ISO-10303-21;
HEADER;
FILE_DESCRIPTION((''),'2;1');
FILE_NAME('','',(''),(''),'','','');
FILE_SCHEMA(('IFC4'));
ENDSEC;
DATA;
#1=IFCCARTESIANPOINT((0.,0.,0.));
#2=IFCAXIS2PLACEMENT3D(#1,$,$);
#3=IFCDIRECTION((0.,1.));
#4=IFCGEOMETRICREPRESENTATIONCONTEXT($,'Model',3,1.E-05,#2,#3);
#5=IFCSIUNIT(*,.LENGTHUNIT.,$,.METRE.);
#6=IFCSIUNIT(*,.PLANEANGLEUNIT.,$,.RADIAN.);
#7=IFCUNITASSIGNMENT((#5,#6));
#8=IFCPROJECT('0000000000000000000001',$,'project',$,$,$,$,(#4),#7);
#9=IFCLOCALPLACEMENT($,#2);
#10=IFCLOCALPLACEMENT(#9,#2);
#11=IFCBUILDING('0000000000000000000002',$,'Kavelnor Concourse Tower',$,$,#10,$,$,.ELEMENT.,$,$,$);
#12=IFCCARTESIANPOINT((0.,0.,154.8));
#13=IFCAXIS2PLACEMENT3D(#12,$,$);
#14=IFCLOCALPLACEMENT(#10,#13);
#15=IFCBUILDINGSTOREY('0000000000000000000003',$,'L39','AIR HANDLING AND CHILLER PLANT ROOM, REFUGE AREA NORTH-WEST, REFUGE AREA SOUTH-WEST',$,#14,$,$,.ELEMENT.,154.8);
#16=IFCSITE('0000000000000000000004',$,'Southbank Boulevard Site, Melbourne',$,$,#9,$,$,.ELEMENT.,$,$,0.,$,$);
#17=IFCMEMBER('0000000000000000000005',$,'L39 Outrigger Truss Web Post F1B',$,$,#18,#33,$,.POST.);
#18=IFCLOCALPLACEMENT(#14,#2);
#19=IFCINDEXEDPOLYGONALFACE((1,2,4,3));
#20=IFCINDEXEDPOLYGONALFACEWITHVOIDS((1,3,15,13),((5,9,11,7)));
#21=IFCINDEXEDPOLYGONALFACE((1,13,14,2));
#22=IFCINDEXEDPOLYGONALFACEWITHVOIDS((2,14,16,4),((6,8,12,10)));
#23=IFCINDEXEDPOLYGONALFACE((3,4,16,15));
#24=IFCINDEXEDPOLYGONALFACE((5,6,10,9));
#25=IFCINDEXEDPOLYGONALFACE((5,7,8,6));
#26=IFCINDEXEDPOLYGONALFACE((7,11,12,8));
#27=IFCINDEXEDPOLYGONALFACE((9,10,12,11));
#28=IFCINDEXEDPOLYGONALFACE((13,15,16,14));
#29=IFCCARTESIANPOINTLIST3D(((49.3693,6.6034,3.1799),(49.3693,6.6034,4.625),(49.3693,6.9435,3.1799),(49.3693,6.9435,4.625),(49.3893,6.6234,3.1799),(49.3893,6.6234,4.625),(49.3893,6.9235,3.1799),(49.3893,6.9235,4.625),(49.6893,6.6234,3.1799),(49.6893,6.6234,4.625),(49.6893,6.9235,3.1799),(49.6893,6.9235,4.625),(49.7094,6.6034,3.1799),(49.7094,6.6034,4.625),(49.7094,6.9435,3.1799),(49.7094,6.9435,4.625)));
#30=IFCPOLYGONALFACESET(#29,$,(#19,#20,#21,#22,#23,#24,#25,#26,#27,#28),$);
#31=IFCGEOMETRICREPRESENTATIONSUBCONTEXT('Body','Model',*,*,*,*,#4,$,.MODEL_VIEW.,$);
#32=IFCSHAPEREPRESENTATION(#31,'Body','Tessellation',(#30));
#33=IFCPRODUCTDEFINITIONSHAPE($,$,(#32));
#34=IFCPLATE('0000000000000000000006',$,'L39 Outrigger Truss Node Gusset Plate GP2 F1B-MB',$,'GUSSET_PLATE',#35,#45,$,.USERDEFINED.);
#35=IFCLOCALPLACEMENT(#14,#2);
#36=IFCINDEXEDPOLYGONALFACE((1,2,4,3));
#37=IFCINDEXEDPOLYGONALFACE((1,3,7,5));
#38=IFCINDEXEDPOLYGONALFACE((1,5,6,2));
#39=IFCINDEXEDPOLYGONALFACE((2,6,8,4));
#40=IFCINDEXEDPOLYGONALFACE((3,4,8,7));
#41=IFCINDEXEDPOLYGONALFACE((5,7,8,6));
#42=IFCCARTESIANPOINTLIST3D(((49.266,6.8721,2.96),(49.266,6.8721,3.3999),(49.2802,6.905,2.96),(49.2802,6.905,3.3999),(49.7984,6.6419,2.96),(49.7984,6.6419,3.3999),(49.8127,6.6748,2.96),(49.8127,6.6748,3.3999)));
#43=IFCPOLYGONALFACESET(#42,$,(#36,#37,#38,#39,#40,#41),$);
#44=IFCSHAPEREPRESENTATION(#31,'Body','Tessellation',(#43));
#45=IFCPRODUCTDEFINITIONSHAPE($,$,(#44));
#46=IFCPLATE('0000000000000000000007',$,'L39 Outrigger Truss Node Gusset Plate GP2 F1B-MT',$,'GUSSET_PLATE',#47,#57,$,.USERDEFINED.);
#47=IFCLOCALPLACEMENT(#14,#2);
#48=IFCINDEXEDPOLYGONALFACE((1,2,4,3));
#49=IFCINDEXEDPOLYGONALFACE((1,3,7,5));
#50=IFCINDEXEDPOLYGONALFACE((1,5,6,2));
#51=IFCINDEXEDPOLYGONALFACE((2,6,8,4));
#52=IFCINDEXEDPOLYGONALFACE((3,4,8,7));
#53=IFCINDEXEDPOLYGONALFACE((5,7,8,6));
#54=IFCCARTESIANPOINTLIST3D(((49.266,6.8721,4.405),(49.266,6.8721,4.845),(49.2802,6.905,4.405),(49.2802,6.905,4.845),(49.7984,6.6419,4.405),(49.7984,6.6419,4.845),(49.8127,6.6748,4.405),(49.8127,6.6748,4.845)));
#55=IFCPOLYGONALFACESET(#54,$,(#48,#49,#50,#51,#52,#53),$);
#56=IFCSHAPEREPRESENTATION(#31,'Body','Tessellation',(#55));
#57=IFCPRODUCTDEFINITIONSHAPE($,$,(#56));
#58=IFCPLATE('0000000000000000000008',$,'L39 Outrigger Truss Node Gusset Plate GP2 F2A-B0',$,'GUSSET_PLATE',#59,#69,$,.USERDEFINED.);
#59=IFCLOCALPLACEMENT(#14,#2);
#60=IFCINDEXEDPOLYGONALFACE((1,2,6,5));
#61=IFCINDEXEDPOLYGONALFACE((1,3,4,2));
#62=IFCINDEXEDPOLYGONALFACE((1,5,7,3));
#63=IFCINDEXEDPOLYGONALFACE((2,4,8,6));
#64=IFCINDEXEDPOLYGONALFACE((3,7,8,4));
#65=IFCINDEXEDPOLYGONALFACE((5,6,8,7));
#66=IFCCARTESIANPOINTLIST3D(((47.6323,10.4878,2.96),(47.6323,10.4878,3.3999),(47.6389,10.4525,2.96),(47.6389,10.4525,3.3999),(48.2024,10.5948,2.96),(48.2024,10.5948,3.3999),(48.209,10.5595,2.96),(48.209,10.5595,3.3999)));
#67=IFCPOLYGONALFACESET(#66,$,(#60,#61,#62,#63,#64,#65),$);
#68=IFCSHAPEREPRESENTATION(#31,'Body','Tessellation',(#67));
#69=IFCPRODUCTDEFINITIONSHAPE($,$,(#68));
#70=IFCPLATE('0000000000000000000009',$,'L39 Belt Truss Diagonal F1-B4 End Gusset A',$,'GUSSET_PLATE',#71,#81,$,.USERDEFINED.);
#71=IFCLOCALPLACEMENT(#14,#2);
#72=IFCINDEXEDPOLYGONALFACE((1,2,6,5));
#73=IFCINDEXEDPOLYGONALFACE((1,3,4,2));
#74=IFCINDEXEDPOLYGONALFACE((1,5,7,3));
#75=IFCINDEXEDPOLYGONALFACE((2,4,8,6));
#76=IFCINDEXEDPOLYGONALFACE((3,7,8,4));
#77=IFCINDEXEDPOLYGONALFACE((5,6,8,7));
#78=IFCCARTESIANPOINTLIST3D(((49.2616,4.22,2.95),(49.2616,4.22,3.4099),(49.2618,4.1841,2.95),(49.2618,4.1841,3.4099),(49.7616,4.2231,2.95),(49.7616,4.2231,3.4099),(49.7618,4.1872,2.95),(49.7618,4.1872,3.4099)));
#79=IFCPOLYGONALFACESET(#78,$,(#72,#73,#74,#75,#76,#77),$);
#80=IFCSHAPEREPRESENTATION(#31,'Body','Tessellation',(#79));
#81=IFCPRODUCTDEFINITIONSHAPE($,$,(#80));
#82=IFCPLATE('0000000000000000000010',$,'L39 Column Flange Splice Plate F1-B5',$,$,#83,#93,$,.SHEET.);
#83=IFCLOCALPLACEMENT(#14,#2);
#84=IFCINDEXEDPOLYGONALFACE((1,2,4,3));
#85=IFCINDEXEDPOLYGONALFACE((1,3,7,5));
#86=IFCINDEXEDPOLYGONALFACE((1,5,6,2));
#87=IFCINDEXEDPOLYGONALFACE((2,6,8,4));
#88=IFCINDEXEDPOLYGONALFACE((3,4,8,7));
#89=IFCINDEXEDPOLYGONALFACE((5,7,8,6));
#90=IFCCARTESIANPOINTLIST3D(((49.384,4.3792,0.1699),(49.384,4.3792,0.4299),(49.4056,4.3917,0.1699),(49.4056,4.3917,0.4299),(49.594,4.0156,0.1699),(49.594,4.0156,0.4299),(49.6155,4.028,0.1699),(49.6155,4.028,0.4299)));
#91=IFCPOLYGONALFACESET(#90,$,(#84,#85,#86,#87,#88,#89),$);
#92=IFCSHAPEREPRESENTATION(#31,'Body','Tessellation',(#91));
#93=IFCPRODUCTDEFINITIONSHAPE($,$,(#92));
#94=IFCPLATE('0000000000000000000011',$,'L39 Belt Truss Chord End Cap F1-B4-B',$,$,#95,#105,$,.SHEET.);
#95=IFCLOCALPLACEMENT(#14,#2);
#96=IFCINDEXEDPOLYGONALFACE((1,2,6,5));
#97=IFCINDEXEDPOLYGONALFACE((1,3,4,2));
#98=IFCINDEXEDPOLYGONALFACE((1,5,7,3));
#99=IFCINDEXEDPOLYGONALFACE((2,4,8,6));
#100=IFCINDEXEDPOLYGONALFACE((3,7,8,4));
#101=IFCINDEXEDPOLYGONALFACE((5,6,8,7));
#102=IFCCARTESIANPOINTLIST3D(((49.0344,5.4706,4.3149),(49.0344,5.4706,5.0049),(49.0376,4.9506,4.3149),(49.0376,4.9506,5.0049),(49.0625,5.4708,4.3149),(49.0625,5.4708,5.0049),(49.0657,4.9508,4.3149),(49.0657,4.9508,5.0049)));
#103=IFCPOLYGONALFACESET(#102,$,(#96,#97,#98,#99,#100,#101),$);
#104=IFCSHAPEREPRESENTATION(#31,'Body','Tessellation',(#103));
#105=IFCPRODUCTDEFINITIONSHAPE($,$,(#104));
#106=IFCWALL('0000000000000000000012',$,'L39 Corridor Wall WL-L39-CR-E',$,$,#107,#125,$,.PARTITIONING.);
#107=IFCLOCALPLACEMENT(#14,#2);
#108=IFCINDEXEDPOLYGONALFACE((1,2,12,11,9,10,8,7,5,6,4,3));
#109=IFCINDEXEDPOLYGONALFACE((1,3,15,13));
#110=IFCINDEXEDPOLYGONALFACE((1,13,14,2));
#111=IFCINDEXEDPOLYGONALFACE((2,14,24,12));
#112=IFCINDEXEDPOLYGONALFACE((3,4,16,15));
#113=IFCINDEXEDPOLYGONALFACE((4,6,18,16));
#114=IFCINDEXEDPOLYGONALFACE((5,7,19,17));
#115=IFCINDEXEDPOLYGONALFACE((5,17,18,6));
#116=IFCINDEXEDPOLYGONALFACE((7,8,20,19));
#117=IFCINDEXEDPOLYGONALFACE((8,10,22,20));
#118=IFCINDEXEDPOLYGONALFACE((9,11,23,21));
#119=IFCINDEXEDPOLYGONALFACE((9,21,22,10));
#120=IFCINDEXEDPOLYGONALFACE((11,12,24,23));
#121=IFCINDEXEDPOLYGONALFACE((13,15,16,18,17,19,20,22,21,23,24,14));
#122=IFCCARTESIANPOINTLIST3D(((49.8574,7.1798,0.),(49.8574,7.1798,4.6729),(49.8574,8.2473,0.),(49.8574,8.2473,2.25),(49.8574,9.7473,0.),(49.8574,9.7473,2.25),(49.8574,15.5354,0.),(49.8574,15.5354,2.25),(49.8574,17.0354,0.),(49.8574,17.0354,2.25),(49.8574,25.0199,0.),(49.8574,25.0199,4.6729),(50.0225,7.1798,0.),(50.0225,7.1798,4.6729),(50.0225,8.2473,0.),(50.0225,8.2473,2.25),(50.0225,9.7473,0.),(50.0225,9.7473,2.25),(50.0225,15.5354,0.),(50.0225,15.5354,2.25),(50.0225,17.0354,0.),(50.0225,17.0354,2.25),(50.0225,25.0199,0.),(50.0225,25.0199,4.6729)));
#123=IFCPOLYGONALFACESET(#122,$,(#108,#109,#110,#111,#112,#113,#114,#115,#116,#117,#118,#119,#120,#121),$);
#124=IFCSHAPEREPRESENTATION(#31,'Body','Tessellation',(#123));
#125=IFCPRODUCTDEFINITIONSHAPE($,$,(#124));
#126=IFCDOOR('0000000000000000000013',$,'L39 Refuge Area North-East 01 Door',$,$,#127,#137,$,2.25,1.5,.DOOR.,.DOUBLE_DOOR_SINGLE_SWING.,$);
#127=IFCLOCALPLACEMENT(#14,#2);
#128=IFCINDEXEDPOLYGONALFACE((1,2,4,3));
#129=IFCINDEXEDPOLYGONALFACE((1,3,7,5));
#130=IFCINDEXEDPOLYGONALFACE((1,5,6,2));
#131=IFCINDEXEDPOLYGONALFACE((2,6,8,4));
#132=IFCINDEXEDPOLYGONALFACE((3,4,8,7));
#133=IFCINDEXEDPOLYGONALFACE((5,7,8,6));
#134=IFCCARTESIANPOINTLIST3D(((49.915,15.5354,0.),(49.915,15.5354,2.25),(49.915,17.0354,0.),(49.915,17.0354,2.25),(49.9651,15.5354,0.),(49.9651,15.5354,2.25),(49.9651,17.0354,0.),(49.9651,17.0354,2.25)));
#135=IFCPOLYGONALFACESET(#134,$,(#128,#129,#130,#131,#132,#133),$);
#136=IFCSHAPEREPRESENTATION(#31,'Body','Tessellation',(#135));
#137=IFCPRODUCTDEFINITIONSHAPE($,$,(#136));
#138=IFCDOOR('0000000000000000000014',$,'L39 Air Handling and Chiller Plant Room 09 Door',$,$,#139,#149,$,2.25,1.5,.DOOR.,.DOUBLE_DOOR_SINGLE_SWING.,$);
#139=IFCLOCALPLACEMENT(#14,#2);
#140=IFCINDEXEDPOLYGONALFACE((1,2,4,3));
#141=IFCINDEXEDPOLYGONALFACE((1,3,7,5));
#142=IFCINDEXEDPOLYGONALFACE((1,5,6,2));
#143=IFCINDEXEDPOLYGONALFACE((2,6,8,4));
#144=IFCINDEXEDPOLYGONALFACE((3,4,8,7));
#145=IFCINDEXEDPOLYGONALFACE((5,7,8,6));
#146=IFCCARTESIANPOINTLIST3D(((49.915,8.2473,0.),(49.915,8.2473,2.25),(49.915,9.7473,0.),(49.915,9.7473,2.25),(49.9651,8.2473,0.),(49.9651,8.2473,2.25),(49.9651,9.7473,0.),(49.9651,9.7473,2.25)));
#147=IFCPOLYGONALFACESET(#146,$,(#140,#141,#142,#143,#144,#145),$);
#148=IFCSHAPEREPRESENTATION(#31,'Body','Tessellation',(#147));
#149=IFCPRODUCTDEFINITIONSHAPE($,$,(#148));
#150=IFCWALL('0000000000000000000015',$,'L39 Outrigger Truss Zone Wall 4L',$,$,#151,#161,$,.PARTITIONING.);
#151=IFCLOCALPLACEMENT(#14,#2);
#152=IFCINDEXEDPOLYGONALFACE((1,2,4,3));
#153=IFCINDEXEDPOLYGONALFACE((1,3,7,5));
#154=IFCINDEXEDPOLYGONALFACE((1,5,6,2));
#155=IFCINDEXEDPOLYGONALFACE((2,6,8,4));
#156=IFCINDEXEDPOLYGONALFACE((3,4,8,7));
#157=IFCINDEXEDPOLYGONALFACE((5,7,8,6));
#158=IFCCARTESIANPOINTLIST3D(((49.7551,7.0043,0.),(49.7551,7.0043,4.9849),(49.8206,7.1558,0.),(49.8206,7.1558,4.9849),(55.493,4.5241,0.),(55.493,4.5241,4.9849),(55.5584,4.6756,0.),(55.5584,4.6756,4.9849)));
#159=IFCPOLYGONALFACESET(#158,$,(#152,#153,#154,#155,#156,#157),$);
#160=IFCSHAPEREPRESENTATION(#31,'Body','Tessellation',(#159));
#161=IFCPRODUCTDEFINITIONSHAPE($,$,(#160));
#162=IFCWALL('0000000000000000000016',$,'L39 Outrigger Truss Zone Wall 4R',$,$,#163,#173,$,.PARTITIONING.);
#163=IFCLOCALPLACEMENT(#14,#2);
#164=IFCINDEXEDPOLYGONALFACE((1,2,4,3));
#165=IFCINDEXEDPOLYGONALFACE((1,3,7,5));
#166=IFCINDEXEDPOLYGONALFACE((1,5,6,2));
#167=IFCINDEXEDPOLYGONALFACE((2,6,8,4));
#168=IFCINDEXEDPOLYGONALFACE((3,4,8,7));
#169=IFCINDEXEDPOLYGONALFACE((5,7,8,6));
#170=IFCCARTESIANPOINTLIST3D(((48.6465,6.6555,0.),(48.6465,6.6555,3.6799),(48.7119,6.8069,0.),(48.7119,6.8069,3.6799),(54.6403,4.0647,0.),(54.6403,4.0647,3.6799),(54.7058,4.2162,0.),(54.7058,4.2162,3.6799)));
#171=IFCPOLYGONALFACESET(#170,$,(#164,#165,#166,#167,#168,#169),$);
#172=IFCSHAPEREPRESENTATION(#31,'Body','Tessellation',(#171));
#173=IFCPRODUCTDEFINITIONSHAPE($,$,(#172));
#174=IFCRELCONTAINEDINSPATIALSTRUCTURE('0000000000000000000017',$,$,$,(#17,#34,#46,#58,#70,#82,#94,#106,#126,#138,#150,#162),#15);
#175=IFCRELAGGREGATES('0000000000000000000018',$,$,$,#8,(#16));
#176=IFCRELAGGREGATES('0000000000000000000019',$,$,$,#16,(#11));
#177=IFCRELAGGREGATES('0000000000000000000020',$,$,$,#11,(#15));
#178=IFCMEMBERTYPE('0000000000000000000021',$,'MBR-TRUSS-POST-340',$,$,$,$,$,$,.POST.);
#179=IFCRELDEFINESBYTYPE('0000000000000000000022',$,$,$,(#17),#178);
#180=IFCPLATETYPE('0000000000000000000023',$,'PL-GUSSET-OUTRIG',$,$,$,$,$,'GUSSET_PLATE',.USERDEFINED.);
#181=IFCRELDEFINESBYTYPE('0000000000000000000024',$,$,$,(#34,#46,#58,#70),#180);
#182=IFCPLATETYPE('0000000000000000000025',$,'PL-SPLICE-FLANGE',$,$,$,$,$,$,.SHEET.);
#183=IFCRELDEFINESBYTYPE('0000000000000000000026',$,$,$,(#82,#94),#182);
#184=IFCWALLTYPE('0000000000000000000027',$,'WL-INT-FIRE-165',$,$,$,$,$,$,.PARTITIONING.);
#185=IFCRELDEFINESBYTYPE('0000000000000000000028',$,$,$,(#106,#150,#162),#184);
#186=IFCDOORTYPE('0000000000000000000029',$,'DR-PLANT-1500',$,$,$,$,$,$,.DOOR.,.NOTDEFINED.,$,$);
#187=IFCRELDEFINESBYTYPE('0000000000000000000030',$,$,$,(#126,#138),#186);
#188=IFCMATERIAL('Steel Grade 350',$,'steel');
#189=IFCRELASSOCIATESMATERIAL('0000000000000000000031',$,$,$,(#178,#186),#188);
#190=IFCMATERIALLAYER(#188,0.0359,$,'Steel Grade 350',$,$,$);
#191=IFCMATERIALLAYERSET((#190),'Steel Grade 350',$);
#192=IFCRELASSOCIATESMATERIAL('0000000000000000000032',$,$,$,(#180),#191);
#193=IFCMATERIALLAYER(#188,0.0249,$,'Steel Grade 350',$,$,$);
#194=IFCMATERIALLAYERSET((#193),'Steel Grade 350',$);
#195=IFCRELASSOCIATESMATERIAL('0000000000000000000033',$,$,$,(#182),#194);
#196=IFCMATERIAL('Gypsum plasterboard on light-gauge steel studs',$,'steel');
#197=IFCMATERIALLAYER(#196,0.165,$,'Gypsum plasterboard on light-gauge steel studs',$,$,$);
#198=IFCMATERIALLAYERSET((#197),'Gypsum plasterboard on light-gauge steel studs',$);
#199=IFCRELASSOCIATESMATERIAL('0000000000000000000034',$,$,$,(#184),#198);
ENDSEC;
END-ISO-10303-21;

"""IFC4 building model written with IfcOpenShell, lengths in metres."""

from ifc_helpers import new_model, si_unit, direction, frame, frame_2d, origin, origin_2d, place, context, subcontext, project, spatial, rectangle, hollow_rectangle, extrude, material, layer, layer_set, material_profile, profile_set, type_object, element, fill, save


model = new_model("IFC4")

# Units and contexts
model_context = context("Model", 3, precision=1e-05, world=origin(), true_north=direction((0.0, 1.0)))
body_context = subcontext(model_context, "Body", "Model", "MODEL_VIEW")
ifc_project = project(units=[si_unit("LENGTHUNIT", "METRE"), si_unit("PLANEANGLEUNIT", "RADIAN")], contexts=[model_context])

# Site, building, storey
site_placement = place(None, origin())
site = spatial("IfcSite", under=ifc_project, at=site_placement, Name="Southbank Boulevard Site, Melbourne", CompositionType="ELEMENT", RefElevation=0.0)
building_placement = place(site_placement, origin())
building = spatial("IfcBuilding", under=site, at=building_placement, Name="Kavelnor Concourse Tower", CompositionType="ELEMENT")
storey_placement = place(building_placement, frame((0.0, 0.0, 154.8)))
storey = spatial("IfcBuildingStorey", under=building, at=storey_placement, Name="L39", Description="AIR HANDLING AND CHILLER PLANT ROOM, REFUGE AREA NORTH-WEST, REFUGE AREA SOUTH-WEST", CompositionType="ELEMENT", Elevation=154.8)

# Shared definitions
ifc_material_1 = material(Name="Steel Grade 350", Category="steel")

# Member
ifc_material_profile_1 = material_profile(ifc_material_1, hollow_rectangle(XDim=0.3401, YDim=0.3401, WallThickness=0.02, at=origin_2d()), Name="SHS 340x340x20")
ifc_profile_set_1 = profile_set([ifc_material_profile_1], Name="Steel Grade 350")
member_type_1 = type_object("IfcMemberType", Name="MBR-TRUSS-POST-340", PredefinedType="POST", material=ifc_profile_set_1)
member_1_placement = place(storey_placement, frame((49.5393, 6.7734, 3.1799), z_axis=(0.0, 0.0, 1.0), x_axis=(1.0, 0.0, 0.0)))
element("IfcMember", 1, at=member_1_placement, inside=storey, type_object=member_type_1, Name="L39 Outrigger Truss Web Post F1B", PredefinedType="POST", context=body_context, shape_type="SweptSolid", body=[
    extrude(hollow_rectangle(XDim=0.3401, YDim=0.3401, WallThickness=0.02, at=origin_2d()), origin(), (0.0, 0.0, 1.0), 1.4451),
])

# Plates
ifc_layer_1 = layer(ifc_material_1, 0.0359, Name="Steel Grade 350")
ifc_layer_set_1 = layer_set([ifc_layer_1], Name="Steel Grade 350")
plate_type_1 = type_object("IfcPlateType", Name="PL-GUSSET-OUTRIG", ElementType="GUSSET_PLATE", PredefinedType="USERDEFINED", material=ifc_layer_set_1)
for number, where, z_axis, x_axis, name in (
    (2, (49.5393, 6.7734, 2.96), (0.0, 0.0, 1.0), (0.917893, -0.396828, 0.0), "L39 Outrigger Truss Node Gusset Plate GP2 F1B-MB"),
    (3, (49.5393, 6.7734, 4.405), (0.0, 0.0, 1.0), (0.917893, -0.396828, 0.0), "L39 Outrigger Truss Node Gusset Plate GP2 F1B-MT"),
    (4, (47.9207, 10.5237, 2.96), (0.0, 0.0, 1.0), (0.982839, 0.184466, 0.0), "L39 Outrigger Truss Node Gusset Plate GP2 F2A-B0"),
):
    element("IfcPlate", number, at=place(storey_placement, frame(where, z_axis=z_axis, x_axis=x_axis)), inside=storey, type_object=plate_type_1, Name=name, ObjectType="GUSSET_PLATE", PredefinedType="USERDEFINED", context=body_context, shape_type="SweptSolid", body=[
        extrude(rectangle(XDim=0.5801, YDim=0.0359, at=origin_2d()), origin(), (0.0, 0.0, 1.0), 0.4399),
    ])
plate_1_placement = place(storey_placement, frame((49.5117, 4.2036, 2.95), z_axis=(0.0, 0.0, 1.0), x_axis=(-0.999981, -0.006109, 0.0)))
element("IfcPlate", 5, at=plate_1_placement, inside=storey, type_object=plate_type_1, Name="L39 Belt Truss Diagonal F1-B4 End Gusset A", ObjectType="GUSSET_PLATE", PredefinedType="USERDEFINED", context=body_context, shape_type="SweptSolid", body=[
    extrude(rectangle(XDim=0.5, YDim=0.0359, at=origin_2d()), origin(), (0.0, 0.0, 1.0), 0.46),
])
ifc_layer_2 = layer(ifc_material_1, 0.0249, Name="Steel Grade 350")
ifc_layer_set_2 = layer_set([ifc_layer_2], Name="Steel Grade 350")
plate_type_2 = type_object("IfcPlateType", Name="PL-SPLICE-FLANGE", PredefinedType="SHEET", material=ifc_layer_set_2)
plate_2_placement = place(storey_placement, frame((49.4998, 4.2036, 0.1699), z_axis=(0.0, 0.0, 1.0), x_axis=(-0.5, 0.866025, 0.0)))
element("IfcPlate", 6, at=plate_2_placement, inside=storey, type_object=plate_type_2, Name="L39 Column Flange Splice Plate F1-B5", PredefinedType="SHEET", context=body_context, shape_type="SweptSolid", body=[
    extrude(rectangle(XDim=0.4199, YDim=0.0249, at=origin_2d()), origin(), (0.0, 0.0, 1.0), 0.26),
])
plate_3_placement = place(storey_placement, frame((49.05, 5.2107, 4.3149), z_axis=(0.0, 0.0, 1.0), x_axis=(-0.006109, 0.999981, 0.0)))
element("IfcPlate", 7, at=plate_3_placement, inside=storey, type_object=plate_type_2, Name="L39 Belt Truss Chord End Cap F1-B4-B", PredefinedType="SHEET", context=body_context, shape_type="SweptSolid", body=[
    extrude(rectangle(XDim=0.52, YDim=0.0281, at=origin_2d()), origin(), (0.0, 0.0, 1.0), 0.6899),
])

# Wall, openings, doors
ifc_material_2 = material(Name="Gypsum plasterboard on light-gauge steel studs", Category="steel")
ifc_layer_3 = layer(ifc_material_2, 0.165, Name="Gypsum plasterboard on light-gauge steel studs")
ifc_layer_set_3 = layer_set([ifc_layer_3], Name="Gypsum plasterboard on light-gauge steel studs")
wall_type = type_object("IfcWallType", Name="WL-INT-FIRE-165", PredefinedType="PARTITIONING", material=ifc_layer_set_3)
wall_1_placement = place(storey_placement, frame((49.9399, 7.1799, 0.0), z_axis=(0.0, 0.0, 1.0), x_axis=(0.0, 1.0, 0.0)))
wall_1 = element("IfcWall", 8, at=wall_1_placement, inside=storey, type_object=wall_type, Name="L39 Corridor Wall WL-L39-CR-E", PredefinedType="PARTITIONING", context=body_context, shape_type="SweptSolid", body=[
    extrude(rectangle(XDim=17.8401, YDim=0.165, at=frame_2d((8.9199, 0.0))), origin(), (0.0, 0.0, 1.0), 4.6729),
])
opening_1_placement = place(wall_1_placement, frame((8.3555, 0.0, 0.0)))
opening_1 = element("IfcOpeningElement", 9, at=opening_1_placement, cuts=wall_1, PredefinedType="OPENING", context=body_context, shape_type="SweptSolid", body=[
    extrude(rectangle(XDim=1.5, YDim=2.25, at=frame_2d((0.75, 1.125))), frame((0.0, 0.0925, 0.0), z_axis=(0.0, -1.0, 0.0), x_axis=(1.0, 0.0, 0.0)), (0.0, 0.0, 1.0), 0.1851),
])
opening_2_placement = place(wall_1_placement, frame((1.0674, 0.0, 0.0)))
opening_2 = element("IfcOpeningElement", 10, at=opening_2_placement, cuts=wall_1, PredefinedType="OPENING", context=body_context, shape_type="SweptSolid", body=[
    extrude(rectangle(XDim=1.5, YDim=2.25, at=frame_2d((0.75, 1.125))), frame((0.0, 0.0925, 0.0), z_axis=(0.0, -1.0, 0.0), x_axis=(1.0, 0.0, 0.0)), (0.0, 0.0, 1.0), 0.1851),
])
door_type = type_object("IfcDoorType", Name="DR-PLANT-1500", OperationType="NOTDEFINED", PredefinedType="DOOR", material=ifc_material_1)
door_1_placement = place(opening_1_placement, origin())
door_1 = element("IfcDoor", 11, at=door_1_placement, inside=storey, type_object=door_type, Name="L39 Refuge Area North-East 01 Door", OperationType="DOUBLE_DOOR_SINGLE_SWING", OverallHeight=2.25, OverallWidth=1.5, PredefinedType="DOOR", context=body_context, shape_type="SweptSolid", body=[
    extrude(rectangle(XDim=1.5, YDim=2.25, at=frame_2d((0.75, 1.125))), frame((0.0, 0.0249, 0.0), z_axis=(0.0, -1.0, 0.0), x_axis=(1.0, 0.0, 0.0)), (0.0, 0.0, 1.0), 0.05),
])
fill(opening_1, door_1)
door_2_placement = place(opening_2_placement, origin())
door_2 = element("IfcDoor", 12, at=door_2_placement, inside=storey, type_object=door_type, Name="L39 Air Handling and Chiller Plant Room 09 Door", OperationType="DOUBLE_DOOR_SINGLE_SWING", OverallHeight=2.25, OverallWidth=1.5, PredefinedType="DOOR", context=body_context, shape_type="SweptSolid", body=[
    extrude(rectangle(XDim=1.5, YDim=2.25, at=frame_2d((0.75, 1.125))), frame((0.0, 0.0249, 0.0), z_axis=(0.0, -1.0, 0.0), x_axis=(1.0, 0.0, 0.0)), (0.0, 0.0, 1.0), 0.05),
])
fill(opening_2, door_2)

# Walls
wall_2_placement = place(storey_placement, frame((49.7878, 7.0801, 0.0), z_axis=(0.0, 0.0, 1.0), x_axis=(0.917914, -0.396779, 0.0)))
element("IfcWall", 13, at=wall_2_placement, inside=storey, type_object=wall_type, Name="L39 Outrigger Truss Zone Wall 4L", PredefinedType="PARTITIONING", context=body_context, shape_type="SweptSolid", body=[
    extrude(rectangle(XDim=6.251, YDim=0.165, at=frame_2d((3.1255, 0.0))), origin(), (0.0, 0.0, 1.0), 4.9849),
])
wall_3_placement = place(storey_placement, frame((48.6792, 6.7312, 0.0), z_axis=(0.0, 0.0, 1.0), x_axis=(0.91792, -0.396765, 0.0)))
element("IfcWall", 14, at=wall_3_placement, inside=storey, type_object=wall_type, Name="L39 Outrigger Truss Zone Wall 4R", PredefinedType="PARTITIONING", context=body_context, shape_type="SweptSolid", body=[
    extrude(rectangle(XDim=6.5298, YDim=0.165, at=frame_2d((3.2649, 0.0))), origin(), (0.0, 0.0, 1.0), 3.6799),
])

save(model, "model.ifc")
